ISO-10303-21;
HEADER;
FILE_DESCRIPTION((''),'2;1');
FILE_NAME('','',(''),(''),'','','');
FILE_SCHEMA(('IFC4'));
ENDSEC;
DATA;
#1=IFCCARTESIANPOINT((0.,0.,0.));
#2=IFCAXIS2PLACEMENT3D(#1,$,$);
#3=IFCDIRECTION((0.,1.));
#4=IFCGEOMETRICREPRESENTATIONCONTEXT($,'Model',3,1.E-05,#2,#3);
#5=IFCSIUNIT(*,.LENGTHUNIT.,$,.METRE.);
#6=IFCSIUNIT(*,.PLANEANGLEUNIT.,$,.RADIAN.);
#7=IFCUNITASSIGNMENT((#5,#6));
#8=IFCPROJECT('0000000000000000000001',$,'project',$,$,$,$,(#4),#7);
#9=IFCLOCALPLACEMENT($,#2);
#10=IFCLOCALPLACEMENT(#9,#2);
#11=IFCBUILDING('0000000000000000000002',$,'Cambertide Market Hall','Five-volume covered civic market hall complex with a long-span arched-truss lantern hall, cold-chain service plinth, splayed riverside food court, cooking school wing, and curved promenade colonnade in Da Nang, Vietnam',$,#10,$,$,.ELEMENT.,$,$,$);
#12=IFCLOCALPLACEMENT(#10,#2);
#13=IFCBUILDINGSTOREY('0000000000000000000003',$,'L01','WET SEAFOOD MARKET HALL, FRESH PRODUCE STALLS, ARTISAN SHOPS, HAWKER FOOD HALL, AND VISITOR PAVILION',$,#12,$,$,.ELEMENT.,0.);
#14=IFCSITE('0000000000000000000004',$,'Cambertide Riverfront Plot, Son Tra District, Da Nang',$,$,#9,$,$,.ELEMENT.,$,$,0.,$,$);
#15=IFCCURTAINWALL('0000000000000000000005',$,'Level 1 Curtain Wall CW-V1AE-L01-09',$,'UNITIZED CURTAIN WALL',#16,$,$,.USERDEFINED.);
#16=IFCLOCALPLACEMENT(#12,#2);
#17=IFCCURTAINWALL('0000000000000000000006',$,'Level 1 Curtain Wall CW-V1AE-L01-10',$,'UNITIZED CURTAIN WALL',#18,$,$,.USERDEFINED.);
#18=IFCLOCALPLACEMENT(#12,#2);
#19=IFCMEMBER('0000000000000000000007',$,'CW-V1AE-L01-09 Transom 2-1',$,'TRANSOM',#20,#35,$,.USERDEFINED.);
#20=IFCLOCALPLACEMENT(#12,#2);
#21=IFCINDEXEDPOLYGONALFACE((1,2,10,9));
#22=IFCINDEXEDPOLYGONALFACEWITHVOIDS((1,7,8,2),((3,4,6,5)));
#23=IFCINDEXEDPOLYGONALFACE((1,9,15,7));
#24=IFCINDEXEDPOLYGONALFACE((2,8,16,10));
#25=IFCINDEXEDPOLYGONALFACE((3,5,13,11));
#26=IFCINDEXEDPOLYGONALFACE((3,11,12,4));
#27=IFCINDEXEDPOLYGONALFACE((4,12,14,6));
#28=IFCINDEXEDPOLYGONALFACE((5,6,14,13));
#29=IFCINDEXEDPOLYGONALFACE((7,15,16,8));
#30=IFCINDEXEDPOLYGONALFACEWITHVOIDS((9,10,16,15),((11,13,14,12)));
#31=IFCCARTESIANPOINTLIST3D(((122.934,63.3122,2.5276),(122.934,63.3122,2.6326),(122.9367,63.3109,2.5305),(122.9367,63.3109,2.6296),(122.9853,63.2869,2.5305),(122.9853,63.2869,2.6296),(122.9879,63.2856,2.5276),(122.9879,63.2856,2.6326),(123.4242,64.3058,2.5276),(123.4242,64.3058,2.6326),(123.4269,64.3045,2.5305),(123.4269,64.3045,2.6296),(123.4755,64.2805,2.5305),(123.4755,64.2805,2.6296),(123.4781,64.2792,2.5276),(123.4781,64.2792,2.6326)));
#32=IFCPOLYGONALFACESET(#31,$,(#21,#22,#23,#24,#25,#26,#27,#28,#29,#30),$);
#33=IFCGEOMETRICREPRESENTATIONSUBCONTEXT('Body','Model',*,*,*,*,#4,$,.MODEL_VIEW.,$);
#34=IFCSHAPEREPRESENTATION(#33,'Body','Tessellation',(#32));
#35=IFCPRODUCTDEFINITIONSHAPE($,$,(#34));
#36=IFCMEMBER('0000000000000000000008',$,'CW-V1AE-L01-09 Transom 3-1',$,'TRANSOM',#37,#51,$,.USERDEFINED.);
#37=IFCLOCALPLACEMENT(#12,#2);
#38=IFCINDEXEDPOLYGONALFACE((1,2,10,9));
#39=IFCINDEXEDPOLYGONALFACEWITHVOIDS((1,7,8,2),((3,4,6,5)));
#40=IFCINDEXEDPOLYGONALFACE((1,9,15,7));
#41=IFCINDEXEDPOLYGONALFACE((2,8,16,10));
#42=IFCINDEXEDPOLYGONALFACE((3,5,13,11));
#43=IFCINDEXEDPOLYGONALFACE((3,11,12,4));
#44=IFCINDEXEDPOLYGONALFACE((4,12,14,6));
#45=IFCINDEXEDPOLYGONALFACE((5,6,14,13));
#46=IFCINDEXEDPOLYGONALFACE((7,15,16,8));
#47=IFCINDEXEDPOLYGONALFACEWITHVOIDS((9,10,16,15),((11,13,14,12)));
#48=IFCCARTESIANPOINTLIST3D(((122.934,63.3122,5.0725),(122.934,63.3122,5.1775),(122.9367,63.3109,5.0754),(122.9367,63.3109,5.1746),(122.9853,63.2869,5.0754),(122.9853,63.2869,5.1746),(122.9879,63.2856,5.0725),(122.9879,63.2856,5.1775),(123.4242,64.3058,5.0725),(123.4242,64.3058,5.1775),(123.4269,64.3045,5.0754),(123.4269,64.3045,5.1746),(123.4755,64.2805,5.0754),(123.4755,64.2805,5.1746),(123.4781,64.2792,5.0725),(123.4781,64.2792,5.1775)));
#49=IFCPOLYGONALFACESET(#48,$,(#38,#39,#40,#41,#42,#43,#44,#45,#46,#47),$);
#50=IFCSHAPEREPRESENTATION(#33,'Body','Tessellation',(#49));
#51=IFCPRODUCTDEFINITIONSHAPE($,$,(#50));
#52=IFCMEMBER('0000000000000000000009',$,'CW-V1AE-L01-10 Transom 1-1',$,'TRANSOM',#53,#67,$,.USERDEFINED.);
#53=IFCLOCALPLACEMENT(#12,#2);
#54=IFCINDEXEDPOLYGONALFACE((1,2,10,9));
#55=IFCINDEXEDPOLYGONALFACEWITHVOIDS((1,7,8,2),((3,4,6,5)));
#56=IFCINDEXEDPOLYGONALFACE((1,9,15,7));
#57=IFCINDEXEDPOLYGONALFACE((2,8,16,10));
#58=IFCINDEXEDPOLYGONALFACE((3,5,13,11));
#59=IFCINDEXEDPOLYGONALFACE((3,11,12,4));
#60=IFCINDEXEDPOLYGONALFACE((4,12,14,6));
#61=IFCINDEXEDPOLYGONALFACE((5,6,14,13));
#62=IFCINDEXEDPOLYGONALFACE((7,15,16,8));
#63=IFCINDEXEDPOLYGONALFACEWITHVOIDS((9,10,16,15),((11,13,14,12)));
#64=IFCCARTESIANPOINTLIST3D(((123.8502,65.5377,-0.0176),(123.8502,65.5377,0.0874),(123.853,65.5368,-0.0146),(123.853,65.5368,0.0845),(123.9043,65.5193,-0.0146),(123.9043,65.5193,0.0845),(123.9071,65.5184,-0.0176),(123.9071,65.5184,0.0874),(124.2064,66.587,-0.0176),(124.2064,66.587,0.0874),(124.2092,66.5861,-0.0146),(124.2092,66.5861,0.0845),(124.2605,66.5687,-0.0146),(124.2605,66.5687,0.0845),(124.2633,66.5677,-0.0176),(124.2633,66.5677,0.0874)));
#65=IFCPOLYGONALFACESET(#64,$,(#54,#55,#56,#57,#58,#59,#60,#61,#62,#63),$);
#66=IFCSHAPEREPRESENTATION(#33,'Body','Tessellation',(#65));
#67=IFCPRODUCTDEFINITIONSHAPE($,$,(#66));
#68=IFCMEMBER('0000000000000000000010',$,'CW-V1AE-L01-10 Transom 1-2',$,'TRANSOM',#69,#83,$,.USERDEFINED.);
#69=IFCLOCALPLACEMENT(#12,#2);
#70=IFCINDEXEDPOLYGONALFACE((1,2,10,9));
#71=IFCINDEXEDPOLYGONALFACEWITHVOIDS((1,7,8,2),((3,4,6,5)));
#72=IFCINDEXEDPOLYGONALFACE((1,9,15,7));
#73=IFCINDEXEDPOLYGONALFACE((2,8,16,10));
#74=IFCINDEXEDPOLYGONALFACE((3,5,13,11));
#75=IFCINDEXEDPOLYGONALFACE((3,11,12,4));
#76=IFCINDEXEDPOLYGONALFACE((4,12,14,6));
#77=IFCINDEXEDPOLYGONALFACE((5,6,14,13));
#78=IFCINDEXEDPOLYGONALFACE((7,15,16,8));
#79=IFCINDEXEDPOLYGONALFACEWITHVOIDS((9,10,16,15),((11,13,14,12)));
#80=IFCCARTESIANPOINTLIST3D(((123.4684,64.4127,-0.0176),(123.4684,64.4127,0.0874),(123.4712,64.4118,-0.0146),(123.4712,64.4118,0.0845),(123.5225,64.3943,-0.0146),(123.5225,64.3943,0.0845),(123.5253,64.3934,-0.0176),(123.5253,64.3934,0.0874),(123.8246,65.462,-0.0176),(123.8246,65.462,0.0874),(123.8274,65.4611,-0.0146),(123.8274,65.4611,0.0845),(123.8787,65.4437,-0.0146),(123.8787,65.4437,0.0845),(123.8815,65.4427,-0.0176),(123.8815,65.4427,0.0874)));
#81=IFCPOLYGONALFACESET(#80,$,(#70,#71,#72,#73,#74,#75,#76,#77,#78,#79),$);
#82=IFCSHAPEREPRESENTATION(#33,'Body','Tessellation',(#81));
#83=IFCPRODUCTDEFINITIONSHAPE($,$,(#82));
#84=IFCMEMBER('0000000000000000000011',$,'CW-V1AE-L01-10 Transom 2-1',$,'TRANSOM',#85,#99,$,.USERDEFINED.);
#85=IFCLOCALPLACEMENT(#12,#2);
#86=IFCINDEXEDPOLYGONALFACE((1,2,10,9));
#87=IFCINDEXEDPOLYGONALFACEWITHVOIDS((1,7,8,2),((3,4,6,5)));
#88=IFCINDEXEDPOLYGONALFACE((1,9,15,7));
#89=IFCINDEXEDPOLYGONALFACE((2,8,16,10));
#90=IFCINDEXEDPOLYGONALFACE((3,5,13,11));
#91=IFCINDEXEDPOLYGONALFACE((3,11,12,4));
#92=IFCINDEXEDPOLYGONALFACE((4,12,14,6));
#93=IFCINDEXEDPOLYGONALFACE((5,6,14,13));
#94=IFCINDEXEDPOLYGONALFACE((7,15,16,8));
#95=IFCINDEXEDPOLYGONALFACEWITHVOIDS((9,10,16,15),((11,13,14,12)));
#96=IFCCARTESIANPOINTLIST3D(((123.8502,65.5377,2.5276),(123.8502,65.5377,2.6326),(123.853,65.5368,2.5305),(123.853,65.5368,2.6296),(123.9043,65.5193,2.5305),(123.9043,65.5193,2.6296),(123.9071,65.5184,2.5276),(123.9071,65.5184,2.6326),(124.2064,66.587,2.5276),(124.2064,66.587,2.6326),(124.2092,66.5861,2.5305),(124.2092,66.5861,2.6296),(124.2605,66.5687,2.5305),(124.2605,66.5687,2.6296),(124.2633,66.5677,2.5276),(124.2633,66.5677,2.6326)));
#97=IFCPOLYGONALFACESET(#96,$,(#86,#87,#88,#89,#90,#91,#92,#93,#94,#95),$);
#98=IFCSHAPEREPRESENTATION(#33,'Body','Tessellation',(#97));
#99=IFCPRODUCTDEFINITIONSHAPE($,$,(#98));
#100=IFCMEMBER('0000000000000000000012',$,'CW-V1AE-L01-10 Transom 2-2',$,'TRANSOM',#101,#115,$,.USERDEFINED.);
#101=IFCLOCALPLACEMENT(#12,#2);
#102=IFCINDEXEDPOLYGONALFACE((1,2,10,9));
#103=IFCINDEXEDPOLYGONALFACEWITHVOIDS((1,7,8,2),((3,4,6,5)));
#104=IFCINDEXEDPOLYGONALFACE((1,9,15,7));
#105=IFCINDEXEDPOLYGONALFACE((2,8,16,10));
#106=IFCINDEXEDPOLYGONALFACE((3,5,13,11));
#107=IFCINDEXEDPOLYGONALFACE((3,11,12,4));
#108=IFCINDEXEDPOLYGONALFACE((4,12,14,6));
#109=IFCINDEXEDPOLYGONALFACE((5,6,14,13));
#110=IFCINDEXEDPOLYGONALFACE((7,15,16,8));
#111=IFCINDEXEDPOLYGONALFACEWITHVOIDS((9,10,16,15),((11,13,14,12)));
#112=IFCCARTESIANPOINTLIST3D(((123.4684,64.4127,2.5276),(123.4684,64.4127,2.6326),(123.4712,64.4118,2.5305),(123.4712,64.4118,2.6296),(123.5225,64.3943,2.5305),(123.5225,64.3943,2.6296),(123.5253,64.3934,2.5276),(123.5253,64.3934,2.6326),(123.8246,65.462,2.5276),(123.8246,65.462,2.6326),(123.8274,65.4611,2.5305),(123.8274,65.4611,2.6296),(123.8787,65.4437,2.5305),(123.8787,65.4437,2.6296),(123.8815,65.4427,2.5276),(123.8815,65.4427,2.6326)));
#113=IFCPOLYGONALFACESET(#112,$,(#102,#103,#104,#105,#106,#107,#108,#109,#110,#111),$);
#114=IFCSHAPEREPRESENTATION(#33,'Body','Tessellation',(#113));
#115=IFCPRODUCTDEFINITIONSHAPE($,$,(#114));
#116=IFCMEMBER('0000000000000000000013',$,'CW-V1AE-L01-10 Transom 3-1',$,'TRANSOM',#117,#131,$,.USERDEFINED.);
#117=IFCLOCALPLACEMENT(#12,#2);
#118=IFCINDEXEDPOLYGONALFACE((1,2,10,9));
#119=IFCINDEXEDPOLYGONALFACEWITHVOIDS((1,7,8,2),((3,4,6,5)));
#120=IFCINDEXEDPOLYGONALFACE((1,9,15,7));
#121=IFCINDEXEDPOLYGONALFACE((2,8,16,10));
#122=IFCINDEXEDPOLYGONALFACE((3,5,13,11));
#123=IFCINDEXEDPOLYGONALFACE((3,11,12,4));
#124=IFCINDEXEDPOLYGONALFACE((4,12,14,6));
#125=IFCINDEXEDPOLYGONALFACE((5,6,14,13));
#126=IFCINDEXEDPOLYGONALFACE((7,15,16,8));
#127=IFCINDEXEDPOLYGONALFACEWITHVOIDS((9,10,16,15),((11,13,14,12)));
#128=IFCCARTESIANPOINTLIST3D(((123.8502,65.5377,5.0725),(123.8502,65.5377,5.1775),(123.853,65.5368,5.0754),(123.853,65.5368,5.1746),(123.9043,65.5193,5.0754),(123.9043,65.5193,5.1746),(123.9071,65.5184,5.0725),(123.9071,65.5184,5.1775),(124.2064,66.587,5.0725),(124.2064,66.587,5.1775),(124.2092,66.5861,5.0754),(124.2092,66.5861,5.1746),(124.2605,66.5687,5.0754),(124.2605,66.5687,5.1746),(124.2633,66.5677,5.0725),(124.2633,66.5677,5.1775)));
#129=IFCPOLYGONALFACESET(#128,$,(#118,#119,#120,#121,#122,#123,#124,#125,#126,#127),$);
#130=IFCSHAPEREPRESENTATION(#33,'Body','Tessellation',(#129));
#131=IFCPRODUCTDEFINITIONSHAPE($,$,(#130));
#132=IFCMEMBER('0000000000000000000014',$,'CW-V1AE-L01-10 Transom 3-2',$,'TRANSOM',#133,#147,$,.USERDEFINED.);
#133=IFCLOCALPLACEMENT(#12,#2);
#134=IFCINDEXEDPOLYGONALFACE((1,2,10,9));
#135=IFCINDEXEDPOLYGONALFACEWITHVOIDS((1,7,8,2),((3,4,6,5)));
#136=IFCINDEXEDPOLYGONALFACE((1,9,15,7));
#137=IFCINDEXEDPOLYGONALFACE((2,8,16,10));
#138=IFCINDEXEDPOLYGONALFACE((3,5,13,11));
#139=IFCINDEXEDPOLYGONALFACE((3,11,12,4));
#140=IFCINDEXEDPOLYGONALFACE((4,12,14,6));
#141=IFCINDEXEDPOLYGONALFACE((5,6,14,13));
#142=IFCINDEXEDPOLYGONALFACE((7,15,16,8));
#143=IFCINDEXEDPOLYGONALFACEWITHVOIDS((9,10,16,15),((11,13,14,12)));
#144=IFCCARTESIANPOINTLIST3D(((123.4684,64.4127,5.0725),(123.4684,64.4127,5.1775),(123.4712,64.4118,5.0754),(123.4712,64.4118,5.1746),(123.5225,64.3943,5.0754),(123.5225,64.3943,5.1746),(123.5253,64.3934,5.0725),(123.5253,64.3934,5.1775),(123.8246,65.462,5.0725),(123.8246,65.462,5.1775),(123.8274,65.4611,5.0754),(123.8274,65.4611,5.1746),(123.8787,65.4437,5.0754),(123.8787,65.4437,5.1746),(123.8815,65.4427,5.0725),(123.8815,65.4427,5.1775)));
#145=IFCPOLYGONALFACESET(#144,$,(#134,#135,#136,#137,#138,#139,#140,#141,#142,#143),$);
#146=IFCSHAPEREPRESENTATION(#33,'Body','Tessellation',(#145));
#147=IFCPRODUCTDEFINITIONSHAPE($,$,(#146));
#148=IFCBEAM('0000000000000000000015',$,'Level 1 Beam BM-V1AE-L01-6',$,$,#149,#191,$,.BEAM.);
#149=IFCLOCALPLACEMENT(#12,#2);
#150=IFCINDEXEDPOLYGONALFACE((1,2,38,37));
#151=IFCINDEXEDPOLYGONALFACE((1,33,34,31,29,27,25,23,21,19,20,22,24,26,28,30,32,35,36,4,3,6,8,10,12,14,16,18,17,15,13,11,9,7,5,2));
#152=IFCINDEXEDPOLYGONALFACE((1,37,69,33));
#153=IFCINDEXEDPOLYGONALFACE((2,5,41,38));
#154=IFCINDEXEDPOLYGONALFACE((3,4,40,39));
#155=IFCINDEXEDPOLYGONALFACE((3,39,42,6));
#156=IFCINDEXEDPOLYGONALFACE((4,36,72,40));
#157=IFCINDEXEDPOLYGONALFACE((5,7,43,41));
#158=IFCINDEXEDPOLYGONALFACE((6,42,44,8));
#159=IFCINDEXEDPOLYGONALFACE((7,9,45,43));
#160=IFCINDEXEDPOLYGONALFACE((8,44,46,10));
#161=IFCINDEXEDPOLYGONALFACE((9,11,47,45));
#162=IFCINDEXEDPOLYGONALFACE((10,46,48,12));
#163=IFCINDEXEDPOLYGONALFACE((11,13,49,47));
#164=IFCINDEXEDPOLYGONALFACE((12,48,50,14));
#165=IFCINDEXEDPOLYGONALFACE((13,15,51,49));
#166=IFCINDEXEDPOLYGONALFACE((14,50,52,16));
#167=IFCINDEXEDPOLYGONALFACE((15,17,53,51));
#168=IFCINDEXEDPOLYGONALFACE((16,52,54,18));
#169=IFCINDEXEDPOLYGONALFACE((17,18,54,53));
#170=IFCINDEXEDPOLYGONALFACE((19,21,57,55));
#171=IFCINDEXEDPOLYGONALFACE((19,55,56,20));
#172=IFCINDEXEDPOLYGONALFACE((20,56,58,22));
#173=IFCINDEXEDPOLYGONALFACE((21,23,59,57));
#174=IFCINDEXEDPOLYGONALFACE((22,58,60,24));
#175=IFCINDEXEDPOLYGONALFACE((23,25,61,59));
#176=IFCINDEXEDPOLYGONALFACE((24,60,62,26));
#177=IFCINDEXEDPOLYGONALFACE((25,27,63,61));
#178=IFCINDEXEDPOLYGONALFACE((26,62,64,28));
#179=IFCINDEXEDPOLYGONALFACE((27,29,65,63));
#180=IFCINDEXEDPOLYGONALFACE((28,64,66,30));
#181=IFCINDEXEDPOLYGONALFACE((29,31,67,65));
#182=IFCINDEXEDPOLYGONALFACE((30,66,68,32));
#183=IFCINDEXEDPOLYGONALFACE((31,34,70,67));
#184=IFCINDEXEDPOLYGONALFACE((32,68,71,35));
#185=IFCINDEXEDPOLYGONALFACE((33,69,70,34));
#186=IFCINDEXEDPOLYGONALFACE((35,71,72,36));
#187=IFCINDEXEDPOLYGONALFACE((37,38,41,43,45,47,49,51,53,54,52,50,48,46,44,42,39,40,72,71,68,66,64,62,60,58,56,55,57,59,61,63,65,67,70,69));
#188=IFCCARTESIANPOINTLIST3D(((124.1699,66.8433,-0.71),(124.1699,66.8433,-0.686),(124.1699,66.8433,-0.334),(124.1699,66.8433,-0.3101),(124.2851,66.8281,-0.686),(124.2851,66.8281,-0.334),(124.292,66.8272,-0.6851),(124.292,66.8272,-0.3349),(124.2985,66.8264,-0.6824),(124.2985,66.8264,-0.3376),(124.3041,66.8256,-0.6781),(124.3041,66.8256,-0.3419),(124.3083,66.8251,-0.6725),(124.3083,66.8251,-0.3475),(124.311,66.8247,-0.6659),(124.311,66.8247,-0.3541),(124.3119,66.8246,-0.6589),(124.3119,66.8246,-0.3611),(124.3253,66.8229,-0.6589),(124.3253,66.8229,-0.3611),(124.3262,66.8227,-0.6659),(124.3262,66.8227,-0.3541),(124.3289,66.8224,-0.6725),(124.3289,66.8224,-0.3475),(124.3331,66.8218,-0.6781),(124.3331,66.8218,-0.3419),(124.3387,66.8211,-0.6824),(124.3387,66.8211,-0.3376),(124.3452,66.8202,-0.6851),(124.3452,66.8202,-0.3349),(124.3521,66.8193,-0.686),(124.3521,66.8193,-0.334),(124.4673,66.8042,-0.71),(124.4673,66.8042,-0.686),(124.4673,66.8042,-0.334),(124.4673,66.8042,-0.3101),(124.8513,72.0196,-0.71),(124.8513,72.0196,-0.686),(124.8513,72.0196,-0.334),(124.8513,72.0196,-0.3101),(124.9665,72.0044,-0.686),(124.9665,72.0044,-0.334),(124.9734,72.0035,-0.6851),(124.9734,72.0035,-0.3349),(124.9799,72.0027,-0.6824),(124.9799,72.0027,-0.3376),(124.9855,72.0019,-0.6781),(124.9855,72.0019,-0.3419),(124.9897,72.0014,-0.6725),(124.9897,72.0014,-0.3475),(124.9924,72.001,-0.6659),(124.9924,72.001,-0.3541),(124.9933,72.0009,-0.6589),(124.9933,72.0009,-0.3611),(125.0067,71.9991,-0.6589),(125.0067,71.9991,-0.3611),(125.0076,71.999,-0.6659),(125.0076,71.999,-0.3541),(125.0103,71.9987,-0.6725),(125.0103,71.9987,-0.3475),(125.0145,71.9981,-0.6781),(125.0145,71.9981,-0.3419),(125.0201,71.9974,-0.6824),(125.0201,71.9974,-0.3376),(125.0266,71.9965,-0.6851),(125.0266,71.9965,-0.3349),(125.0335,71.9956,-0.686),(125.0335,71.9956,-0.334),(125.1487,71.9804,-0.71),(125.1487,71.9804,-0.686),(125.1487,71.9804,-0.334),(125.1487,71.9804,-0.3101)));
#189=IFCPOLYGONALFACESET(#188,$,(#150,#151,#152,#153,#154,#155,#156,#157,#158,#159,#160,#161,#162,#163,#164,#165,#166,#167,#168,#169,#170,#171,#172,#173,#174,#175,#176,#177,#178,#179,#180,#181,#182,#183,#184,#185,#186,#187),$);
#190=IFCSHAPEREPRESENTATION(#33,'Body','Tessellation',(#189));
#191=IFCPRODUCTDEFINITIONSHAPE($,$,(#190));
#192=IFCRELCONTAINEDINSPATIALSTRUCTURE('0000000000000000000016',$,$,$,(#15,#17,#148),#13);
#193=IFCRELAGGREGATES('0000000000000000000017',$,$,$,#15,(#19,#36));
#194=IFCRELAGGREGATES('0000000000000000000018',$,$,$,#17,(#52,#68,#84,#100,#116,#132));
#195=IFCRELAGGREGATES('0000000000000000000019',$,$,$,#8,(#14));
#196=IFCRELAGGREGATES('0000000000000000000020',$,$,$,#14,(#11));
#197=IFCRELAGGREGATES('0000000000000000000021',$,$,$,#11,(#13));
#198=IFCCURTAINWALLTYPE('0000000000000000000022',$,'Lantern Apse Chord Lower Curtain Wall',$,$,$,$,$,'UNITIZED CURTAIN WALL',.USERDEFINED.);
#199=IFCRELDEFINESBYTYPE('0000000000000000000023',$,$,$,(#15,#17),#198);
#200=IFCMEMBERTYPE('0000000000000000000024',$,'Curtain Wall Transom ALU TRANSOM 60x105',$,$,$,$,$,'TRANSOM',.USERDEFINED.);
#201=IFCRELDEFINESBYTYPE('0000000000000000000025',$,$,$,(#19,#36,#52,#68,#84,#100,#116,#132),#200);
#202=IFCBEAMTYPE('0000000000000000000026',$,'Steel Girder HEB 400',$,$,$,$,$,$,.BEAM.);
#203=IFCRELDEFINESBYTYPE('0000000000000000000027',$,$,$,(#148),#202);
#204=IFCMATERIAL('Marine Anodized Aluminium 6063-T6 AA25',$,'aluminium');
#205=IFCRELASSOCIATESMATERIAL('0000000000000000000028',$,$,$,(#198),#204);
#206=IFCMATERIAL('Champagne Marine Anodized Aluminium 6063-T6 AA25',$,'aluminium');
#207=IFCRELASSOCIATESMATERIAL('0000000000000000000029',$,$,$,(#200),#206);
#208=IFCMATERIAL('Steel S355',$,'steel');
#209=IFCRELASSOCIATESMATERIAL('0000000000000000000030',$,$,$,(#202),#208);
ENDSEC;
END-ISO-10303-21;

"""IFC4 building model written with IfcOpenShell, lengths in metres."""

from ifc_helpers import new_model, si_unit, direction, frame, origin, origin_2d, place, context, subcontext, project, spatial, hollow_rectangle, i_section, extrude, material, material_profile, profile_set, type_object, element, aggregate, save


model = new_model("IFC4")

# Units and contexts
model_context = context("Model", 3, precision=1e-05, world=origin(), true_north=direction((0.0, 1.0)))
body_context = subcontext(model_context, "Body", "Model", "MODEL_VIEW")
ifc_project = project(units=[si_unit("LENGTHUNIT", "METRE"), si_unit("PLANEANGLEUNIT", "RADIAN")], contexts=[model_context])

# Site, building, storey
site_placement = place(None, origin())
site = spatial("IfcSite", under=ifc_project, at=site_placement, Name="Cambertide Riverfront Plot, Son Tra District, Da Nang", CompositionType="ELEMENT", RefElevation=0.0)
building_placement = place(site_placement, origin())
building = spatial("IfcBuilding", under=site, at=building_placement, Name="Cambertide Market Hall", Description="Five-volume covered civic market hall complex with a long-span arched-truss lantern hall, cold-chain service plinth, splayed riverside food court, cooking school wing, and curved promenade colonnade in Da Nang, Vietnam", CompositionType="ELEMENT")
storey_placement = place(building_placement, origin())
storey = spatial("IfcBuildingStorey", under=building, at=storey_placement, Name="L01", Description="WET SEAFOOD MARKET HALL, FRESH PRODUCE STALLS, ARTISAN SHOPS, HAWKER FOOD HALL, AND VISITOR PAVILION", CompositionType="ELEMENT", Elevation=0.0)

# Curtain wall
ifc_material_1 = material(Name="Marine Anodized Aluminium 6063-T6 AA25", Category="aluminium")
curtain_wall_type = type_object("IfcCurtainWallType", Name="Lantern Apse Chord Lower Curtain Wall", ElementType="UNITIZED CURTAIN WALL", PredefinedType="USERDEFINED", material=ifc_material_1)
curtain_wall_1_placement = place(storey_placement, origin())
curtain_wall_1 = element("IfcCurtainWall", 1, at=curtain_wall_1_placement, inside=storey, type_object=curtain_wall_type, Name="Level 1 Curtain Wall CW-V1AE-L01-09", ObjectType="UNITIZED CURTAIN WALL", PredefinedType="USERDEFINED")

# Curtain wall
curtain_wall_2_placement = place(storey_placement, origin())
curtain_wall_2 = element("IfcCurtainWall", 2, at=curtain_wall_2_placement, inside=storey, type_object=curtain_wall_type, Name="Level 1 Curtain Wall CW-V1AE-L01-10", ObjectType="UNITIZED CURTAIN WALL", PredefinedType="USERDEFINED")

# Members
ifc_material_2 = material(Name="Champagne Marine Anodized Aluminium 6063-T6 AA25", Category="aluminium")
ifc_material_profile_1 = material_profile(ifc_material_2, hollow_rectangle(XDim=0.0601, YDim=0.105, WallThickness=0.0029, at=origin_2d()), Name="ALU TRANSOM 60x105")
ifc_profile_set_1 = profile_set([ifc_material_profile_1], Name="Champagne Marine Anodized Aluminium 6063-T6 AA25")
member_type_1 = type_object("IfcMemberType", Name="Curtain Wall Transom ALU TRANSOM 60x105", ElementType="TRANSOM", PredefinedType="USERDEFINED", material=ifc_profile_set_1)
member_1_placement = place(storey_placement, frame((123.4512, 64.2925, 2.5801), z_axis=(-0.442448, -0.896794, 0.0), x_axis=(0.896794, -0.442448, 0.0)))
member_1 = element("IfcMember", 3, at=member_1_placement, type_object=member_type_1, Name="CW-V1AE-L01-09 Transom 2-1", ObjectType="TRANSOM", PredefinedType="USERDEFINED", context=body_context, shape_type="SweptSolid", body=[
    extrude(hollow_rectangle(XDim=0.0601, YDim=0.105, WallThickness=0.0029, at=origin_2d()), origin(), (0.0, 0.0, 1.0), 1.1079),
])
member_2_placement = place(storey_placement, frame((123.4512, 64.2925, 5.125), z_axis=(-0.442448, -0.896794, 0.0), x_axis=(0.896794, -0.442448, 0.0)))
member_2 = element("IfcMember", 4, at=member_2_placement, type_object=member_type_1, Name="CW-V1AE-L01-09 Transom 3-1", ObjectType="TRANSOM", PredefinedType="USERDEFINED", context=body_context, shape_type="SweptSolid", body=[
    extrude(hollow_rectangle(XDim=0.0601, YDim=0.105, WallThickness=0.0029, at=origin_2d()), origin(), (0.0, 0.0, 1.0), 1.1079),
])
aggregate(curtain_wall_1, [member_1, member_2])
member_3_placement = place(storey_placement, frame((124.2349, 66.5774, 0.0349), z_axis=(-0.321445, -0.946928, 0.0), x_axis=(0.946928, -0.321445, 0.0)))
member_3 = element("IfcMember", 5, at=member_3_placement, type_object=member_type_1, Name="CW-V1AE-L01-10 Transom 1-1", ObjectType="TRANSOM", PredefinedType="USERDEFINED", context=body_context, shape_type="SweptSolid", body=[
    extrude(hollow_rectangle(XDim=0.0601, YDim=0.105, WallThickness=0.0029, at=origin_2d()), origin(), (0.0, 0.0, 1.0), 1.1082),
])
member_4_placement = place(storey_placement, frame((123.853, 65.4524, 0.0349), z_axis=(-0.321445, -0.946928, 0.0), x_axis=(0.946928, -0.321445, 0.0)))
member_4 = element("IfcMember", 6, at=member_4_placement, type_object=member_type_1, Name="CW-V1AE-L01-10 Transom 1-2", ObjectType="TRANSOM", PredefinedType="USERDEFINED", context=body_context, shape_type="SweptSolid", body=[
    extrude(hollow_rectangle(XDim=0.0601, YDim=0.105, WallThickness=0.0029, at=origin_2d()), origin(), (0.0, 0.0, 1.0), 1.1082),
])
member_5_placement = place(storey_placement, frame((124.2349, 66.5774, 2.5801), z_axis=(-0.321445, -0.946928, 0.0), x_axis=(0.946928, -0.321445, 0.0)))
member_5 = element("IfcMember", 7, at=member_5_placement, type_object=member_type_1, Name="CW-V1AE-L01-10 Transom 2-1", ObjectType="TRANSOM", PredefinedType="USERDEFINED", context=body_context, shape_type="SweptSolid", body=[
    extrude(hollow_rectangle(XDim=0.0601, YDim=0.105, WallThickness=0.0029, at=origin_2d()), origin(), (0.0, 0.0, 1.0), 1.1082),
])
member_6_placement = place(storey_placement, frame((123.853, 65.4524, 2.5801), z_axis=(-0.321445, -0.946928, 0.0), x_axis=(0.946928, -0.321445, 0.0)))
member_6 = element("IfcMember", 8, at=member_6_placement, type_object=member_type_1, Name="CW-V1AE-L01-10 Transom 2-2", ObjectType="TRANSOM", PredefinedType="USERDEFINED", context=body_context, shape_type="SweptSolid", body=[
    extrude(hollow_rectangle(XDim=0.0601, YDim=0.105, WallThickness=0.0029, at=origin_2d()), origin(), (0.0, 0.0, 1.0), 1.1082),
])
member_7_placement = place(storey_placement, frame((124.2349, 66.5774, 5.125), z_axis=(-0.321445, -0.946928, 0.0), x_axis=(0.946928, -0.321445, 0.0)))
member_7 = element("IfcMember", 9, at=member_7_placement, type_object=member_type_1, Name="CW-V1AE-L01-10 Transom 3-1", ObjectType="TRANSOM", PredefinedType="USERDEFINED", context=body_context, shape_type="SweptSolid", body=[
    extrude(hollow_rectangle(XDim=0.0601, YDim=0.105, WallThickness=0.0029, at=origin_2d()), origin(), (0.0, 0.0, 1.0), 1.1082),
])
member_8_placement = place(storey_placement, frame((123.853, 65.4524, 5.125), z_axis=(-0.321445, -0.946928, 0.0), x_axis=(0.946928, -0.321445, 0.0)))
member_8 = element("IfcMember", 10, at=member_8_placement, type_object=member_type_1, Name="CW-V1AE-L01-10 Transom 3-2", ObjectType="TRANSOM", PredefinedType="USERDEFINED", context=body_context, shape_type="SweptSolid", body=[
    extrude(hollow_rectangle(XDim=0.0601, YDim=0.105, WallThickness=0.0029, at=origin_2d()), origin(), (0.0, 0.0, 1.0), 1.1082),
])

# Beam
ifc_material_3 = material(Name="Steel S355", Category="steel")
ifc_material_profile_2 = material_profile(ifc_material_3, i_section(OverallWidth=0.3, OverallDepth=0.3999, WebThickness=0.0134, FlangeThickness=0.0239, FilletRadius=0.0271, at=origin_2d()), Name="HEB 400")
ifc_profile_set_2 = profile_set([ifc_material_profile_2], Name="Steel S355")
beam_type = type_object("IfcBeamType", Name="Steel Girder HEB 400", PredefinedType="BEAM", material=ifc_profile_set_2)
for number, where, z_axis, x_axis, name in (
    (11, (124.3186, 66.8237, -0.51), (0.130513, 0.991447, 0.0), (-0.991447, 0.130513, 0.0), "Level 1 Beam BM-V1AE-L01-6"),
):
    element("IfcBeam", number, at=place(storey_placement, frame(where, z_axis=z_axis, x_axis=x_axis)), inside=storey, type_object=beam_type, Name=name, PredefinedType="BEAM", context=body_context, shape_type="SweptSolid", body=[
        extrude(i_section(OverallWidth=0.3, OverallDepth=0.3999, WebThickness=0.0134, FlangeThickness=0.0239, FilletRadius=0.0271, at=origin_2d()), origin(), (0.0, 0.0, 1.0), 5.2209),
    ])

aggregate(curtain_wall_2, [member_3, member_4, member_5, member_6, member_7, member_8])

save(model, "model.ifc")
